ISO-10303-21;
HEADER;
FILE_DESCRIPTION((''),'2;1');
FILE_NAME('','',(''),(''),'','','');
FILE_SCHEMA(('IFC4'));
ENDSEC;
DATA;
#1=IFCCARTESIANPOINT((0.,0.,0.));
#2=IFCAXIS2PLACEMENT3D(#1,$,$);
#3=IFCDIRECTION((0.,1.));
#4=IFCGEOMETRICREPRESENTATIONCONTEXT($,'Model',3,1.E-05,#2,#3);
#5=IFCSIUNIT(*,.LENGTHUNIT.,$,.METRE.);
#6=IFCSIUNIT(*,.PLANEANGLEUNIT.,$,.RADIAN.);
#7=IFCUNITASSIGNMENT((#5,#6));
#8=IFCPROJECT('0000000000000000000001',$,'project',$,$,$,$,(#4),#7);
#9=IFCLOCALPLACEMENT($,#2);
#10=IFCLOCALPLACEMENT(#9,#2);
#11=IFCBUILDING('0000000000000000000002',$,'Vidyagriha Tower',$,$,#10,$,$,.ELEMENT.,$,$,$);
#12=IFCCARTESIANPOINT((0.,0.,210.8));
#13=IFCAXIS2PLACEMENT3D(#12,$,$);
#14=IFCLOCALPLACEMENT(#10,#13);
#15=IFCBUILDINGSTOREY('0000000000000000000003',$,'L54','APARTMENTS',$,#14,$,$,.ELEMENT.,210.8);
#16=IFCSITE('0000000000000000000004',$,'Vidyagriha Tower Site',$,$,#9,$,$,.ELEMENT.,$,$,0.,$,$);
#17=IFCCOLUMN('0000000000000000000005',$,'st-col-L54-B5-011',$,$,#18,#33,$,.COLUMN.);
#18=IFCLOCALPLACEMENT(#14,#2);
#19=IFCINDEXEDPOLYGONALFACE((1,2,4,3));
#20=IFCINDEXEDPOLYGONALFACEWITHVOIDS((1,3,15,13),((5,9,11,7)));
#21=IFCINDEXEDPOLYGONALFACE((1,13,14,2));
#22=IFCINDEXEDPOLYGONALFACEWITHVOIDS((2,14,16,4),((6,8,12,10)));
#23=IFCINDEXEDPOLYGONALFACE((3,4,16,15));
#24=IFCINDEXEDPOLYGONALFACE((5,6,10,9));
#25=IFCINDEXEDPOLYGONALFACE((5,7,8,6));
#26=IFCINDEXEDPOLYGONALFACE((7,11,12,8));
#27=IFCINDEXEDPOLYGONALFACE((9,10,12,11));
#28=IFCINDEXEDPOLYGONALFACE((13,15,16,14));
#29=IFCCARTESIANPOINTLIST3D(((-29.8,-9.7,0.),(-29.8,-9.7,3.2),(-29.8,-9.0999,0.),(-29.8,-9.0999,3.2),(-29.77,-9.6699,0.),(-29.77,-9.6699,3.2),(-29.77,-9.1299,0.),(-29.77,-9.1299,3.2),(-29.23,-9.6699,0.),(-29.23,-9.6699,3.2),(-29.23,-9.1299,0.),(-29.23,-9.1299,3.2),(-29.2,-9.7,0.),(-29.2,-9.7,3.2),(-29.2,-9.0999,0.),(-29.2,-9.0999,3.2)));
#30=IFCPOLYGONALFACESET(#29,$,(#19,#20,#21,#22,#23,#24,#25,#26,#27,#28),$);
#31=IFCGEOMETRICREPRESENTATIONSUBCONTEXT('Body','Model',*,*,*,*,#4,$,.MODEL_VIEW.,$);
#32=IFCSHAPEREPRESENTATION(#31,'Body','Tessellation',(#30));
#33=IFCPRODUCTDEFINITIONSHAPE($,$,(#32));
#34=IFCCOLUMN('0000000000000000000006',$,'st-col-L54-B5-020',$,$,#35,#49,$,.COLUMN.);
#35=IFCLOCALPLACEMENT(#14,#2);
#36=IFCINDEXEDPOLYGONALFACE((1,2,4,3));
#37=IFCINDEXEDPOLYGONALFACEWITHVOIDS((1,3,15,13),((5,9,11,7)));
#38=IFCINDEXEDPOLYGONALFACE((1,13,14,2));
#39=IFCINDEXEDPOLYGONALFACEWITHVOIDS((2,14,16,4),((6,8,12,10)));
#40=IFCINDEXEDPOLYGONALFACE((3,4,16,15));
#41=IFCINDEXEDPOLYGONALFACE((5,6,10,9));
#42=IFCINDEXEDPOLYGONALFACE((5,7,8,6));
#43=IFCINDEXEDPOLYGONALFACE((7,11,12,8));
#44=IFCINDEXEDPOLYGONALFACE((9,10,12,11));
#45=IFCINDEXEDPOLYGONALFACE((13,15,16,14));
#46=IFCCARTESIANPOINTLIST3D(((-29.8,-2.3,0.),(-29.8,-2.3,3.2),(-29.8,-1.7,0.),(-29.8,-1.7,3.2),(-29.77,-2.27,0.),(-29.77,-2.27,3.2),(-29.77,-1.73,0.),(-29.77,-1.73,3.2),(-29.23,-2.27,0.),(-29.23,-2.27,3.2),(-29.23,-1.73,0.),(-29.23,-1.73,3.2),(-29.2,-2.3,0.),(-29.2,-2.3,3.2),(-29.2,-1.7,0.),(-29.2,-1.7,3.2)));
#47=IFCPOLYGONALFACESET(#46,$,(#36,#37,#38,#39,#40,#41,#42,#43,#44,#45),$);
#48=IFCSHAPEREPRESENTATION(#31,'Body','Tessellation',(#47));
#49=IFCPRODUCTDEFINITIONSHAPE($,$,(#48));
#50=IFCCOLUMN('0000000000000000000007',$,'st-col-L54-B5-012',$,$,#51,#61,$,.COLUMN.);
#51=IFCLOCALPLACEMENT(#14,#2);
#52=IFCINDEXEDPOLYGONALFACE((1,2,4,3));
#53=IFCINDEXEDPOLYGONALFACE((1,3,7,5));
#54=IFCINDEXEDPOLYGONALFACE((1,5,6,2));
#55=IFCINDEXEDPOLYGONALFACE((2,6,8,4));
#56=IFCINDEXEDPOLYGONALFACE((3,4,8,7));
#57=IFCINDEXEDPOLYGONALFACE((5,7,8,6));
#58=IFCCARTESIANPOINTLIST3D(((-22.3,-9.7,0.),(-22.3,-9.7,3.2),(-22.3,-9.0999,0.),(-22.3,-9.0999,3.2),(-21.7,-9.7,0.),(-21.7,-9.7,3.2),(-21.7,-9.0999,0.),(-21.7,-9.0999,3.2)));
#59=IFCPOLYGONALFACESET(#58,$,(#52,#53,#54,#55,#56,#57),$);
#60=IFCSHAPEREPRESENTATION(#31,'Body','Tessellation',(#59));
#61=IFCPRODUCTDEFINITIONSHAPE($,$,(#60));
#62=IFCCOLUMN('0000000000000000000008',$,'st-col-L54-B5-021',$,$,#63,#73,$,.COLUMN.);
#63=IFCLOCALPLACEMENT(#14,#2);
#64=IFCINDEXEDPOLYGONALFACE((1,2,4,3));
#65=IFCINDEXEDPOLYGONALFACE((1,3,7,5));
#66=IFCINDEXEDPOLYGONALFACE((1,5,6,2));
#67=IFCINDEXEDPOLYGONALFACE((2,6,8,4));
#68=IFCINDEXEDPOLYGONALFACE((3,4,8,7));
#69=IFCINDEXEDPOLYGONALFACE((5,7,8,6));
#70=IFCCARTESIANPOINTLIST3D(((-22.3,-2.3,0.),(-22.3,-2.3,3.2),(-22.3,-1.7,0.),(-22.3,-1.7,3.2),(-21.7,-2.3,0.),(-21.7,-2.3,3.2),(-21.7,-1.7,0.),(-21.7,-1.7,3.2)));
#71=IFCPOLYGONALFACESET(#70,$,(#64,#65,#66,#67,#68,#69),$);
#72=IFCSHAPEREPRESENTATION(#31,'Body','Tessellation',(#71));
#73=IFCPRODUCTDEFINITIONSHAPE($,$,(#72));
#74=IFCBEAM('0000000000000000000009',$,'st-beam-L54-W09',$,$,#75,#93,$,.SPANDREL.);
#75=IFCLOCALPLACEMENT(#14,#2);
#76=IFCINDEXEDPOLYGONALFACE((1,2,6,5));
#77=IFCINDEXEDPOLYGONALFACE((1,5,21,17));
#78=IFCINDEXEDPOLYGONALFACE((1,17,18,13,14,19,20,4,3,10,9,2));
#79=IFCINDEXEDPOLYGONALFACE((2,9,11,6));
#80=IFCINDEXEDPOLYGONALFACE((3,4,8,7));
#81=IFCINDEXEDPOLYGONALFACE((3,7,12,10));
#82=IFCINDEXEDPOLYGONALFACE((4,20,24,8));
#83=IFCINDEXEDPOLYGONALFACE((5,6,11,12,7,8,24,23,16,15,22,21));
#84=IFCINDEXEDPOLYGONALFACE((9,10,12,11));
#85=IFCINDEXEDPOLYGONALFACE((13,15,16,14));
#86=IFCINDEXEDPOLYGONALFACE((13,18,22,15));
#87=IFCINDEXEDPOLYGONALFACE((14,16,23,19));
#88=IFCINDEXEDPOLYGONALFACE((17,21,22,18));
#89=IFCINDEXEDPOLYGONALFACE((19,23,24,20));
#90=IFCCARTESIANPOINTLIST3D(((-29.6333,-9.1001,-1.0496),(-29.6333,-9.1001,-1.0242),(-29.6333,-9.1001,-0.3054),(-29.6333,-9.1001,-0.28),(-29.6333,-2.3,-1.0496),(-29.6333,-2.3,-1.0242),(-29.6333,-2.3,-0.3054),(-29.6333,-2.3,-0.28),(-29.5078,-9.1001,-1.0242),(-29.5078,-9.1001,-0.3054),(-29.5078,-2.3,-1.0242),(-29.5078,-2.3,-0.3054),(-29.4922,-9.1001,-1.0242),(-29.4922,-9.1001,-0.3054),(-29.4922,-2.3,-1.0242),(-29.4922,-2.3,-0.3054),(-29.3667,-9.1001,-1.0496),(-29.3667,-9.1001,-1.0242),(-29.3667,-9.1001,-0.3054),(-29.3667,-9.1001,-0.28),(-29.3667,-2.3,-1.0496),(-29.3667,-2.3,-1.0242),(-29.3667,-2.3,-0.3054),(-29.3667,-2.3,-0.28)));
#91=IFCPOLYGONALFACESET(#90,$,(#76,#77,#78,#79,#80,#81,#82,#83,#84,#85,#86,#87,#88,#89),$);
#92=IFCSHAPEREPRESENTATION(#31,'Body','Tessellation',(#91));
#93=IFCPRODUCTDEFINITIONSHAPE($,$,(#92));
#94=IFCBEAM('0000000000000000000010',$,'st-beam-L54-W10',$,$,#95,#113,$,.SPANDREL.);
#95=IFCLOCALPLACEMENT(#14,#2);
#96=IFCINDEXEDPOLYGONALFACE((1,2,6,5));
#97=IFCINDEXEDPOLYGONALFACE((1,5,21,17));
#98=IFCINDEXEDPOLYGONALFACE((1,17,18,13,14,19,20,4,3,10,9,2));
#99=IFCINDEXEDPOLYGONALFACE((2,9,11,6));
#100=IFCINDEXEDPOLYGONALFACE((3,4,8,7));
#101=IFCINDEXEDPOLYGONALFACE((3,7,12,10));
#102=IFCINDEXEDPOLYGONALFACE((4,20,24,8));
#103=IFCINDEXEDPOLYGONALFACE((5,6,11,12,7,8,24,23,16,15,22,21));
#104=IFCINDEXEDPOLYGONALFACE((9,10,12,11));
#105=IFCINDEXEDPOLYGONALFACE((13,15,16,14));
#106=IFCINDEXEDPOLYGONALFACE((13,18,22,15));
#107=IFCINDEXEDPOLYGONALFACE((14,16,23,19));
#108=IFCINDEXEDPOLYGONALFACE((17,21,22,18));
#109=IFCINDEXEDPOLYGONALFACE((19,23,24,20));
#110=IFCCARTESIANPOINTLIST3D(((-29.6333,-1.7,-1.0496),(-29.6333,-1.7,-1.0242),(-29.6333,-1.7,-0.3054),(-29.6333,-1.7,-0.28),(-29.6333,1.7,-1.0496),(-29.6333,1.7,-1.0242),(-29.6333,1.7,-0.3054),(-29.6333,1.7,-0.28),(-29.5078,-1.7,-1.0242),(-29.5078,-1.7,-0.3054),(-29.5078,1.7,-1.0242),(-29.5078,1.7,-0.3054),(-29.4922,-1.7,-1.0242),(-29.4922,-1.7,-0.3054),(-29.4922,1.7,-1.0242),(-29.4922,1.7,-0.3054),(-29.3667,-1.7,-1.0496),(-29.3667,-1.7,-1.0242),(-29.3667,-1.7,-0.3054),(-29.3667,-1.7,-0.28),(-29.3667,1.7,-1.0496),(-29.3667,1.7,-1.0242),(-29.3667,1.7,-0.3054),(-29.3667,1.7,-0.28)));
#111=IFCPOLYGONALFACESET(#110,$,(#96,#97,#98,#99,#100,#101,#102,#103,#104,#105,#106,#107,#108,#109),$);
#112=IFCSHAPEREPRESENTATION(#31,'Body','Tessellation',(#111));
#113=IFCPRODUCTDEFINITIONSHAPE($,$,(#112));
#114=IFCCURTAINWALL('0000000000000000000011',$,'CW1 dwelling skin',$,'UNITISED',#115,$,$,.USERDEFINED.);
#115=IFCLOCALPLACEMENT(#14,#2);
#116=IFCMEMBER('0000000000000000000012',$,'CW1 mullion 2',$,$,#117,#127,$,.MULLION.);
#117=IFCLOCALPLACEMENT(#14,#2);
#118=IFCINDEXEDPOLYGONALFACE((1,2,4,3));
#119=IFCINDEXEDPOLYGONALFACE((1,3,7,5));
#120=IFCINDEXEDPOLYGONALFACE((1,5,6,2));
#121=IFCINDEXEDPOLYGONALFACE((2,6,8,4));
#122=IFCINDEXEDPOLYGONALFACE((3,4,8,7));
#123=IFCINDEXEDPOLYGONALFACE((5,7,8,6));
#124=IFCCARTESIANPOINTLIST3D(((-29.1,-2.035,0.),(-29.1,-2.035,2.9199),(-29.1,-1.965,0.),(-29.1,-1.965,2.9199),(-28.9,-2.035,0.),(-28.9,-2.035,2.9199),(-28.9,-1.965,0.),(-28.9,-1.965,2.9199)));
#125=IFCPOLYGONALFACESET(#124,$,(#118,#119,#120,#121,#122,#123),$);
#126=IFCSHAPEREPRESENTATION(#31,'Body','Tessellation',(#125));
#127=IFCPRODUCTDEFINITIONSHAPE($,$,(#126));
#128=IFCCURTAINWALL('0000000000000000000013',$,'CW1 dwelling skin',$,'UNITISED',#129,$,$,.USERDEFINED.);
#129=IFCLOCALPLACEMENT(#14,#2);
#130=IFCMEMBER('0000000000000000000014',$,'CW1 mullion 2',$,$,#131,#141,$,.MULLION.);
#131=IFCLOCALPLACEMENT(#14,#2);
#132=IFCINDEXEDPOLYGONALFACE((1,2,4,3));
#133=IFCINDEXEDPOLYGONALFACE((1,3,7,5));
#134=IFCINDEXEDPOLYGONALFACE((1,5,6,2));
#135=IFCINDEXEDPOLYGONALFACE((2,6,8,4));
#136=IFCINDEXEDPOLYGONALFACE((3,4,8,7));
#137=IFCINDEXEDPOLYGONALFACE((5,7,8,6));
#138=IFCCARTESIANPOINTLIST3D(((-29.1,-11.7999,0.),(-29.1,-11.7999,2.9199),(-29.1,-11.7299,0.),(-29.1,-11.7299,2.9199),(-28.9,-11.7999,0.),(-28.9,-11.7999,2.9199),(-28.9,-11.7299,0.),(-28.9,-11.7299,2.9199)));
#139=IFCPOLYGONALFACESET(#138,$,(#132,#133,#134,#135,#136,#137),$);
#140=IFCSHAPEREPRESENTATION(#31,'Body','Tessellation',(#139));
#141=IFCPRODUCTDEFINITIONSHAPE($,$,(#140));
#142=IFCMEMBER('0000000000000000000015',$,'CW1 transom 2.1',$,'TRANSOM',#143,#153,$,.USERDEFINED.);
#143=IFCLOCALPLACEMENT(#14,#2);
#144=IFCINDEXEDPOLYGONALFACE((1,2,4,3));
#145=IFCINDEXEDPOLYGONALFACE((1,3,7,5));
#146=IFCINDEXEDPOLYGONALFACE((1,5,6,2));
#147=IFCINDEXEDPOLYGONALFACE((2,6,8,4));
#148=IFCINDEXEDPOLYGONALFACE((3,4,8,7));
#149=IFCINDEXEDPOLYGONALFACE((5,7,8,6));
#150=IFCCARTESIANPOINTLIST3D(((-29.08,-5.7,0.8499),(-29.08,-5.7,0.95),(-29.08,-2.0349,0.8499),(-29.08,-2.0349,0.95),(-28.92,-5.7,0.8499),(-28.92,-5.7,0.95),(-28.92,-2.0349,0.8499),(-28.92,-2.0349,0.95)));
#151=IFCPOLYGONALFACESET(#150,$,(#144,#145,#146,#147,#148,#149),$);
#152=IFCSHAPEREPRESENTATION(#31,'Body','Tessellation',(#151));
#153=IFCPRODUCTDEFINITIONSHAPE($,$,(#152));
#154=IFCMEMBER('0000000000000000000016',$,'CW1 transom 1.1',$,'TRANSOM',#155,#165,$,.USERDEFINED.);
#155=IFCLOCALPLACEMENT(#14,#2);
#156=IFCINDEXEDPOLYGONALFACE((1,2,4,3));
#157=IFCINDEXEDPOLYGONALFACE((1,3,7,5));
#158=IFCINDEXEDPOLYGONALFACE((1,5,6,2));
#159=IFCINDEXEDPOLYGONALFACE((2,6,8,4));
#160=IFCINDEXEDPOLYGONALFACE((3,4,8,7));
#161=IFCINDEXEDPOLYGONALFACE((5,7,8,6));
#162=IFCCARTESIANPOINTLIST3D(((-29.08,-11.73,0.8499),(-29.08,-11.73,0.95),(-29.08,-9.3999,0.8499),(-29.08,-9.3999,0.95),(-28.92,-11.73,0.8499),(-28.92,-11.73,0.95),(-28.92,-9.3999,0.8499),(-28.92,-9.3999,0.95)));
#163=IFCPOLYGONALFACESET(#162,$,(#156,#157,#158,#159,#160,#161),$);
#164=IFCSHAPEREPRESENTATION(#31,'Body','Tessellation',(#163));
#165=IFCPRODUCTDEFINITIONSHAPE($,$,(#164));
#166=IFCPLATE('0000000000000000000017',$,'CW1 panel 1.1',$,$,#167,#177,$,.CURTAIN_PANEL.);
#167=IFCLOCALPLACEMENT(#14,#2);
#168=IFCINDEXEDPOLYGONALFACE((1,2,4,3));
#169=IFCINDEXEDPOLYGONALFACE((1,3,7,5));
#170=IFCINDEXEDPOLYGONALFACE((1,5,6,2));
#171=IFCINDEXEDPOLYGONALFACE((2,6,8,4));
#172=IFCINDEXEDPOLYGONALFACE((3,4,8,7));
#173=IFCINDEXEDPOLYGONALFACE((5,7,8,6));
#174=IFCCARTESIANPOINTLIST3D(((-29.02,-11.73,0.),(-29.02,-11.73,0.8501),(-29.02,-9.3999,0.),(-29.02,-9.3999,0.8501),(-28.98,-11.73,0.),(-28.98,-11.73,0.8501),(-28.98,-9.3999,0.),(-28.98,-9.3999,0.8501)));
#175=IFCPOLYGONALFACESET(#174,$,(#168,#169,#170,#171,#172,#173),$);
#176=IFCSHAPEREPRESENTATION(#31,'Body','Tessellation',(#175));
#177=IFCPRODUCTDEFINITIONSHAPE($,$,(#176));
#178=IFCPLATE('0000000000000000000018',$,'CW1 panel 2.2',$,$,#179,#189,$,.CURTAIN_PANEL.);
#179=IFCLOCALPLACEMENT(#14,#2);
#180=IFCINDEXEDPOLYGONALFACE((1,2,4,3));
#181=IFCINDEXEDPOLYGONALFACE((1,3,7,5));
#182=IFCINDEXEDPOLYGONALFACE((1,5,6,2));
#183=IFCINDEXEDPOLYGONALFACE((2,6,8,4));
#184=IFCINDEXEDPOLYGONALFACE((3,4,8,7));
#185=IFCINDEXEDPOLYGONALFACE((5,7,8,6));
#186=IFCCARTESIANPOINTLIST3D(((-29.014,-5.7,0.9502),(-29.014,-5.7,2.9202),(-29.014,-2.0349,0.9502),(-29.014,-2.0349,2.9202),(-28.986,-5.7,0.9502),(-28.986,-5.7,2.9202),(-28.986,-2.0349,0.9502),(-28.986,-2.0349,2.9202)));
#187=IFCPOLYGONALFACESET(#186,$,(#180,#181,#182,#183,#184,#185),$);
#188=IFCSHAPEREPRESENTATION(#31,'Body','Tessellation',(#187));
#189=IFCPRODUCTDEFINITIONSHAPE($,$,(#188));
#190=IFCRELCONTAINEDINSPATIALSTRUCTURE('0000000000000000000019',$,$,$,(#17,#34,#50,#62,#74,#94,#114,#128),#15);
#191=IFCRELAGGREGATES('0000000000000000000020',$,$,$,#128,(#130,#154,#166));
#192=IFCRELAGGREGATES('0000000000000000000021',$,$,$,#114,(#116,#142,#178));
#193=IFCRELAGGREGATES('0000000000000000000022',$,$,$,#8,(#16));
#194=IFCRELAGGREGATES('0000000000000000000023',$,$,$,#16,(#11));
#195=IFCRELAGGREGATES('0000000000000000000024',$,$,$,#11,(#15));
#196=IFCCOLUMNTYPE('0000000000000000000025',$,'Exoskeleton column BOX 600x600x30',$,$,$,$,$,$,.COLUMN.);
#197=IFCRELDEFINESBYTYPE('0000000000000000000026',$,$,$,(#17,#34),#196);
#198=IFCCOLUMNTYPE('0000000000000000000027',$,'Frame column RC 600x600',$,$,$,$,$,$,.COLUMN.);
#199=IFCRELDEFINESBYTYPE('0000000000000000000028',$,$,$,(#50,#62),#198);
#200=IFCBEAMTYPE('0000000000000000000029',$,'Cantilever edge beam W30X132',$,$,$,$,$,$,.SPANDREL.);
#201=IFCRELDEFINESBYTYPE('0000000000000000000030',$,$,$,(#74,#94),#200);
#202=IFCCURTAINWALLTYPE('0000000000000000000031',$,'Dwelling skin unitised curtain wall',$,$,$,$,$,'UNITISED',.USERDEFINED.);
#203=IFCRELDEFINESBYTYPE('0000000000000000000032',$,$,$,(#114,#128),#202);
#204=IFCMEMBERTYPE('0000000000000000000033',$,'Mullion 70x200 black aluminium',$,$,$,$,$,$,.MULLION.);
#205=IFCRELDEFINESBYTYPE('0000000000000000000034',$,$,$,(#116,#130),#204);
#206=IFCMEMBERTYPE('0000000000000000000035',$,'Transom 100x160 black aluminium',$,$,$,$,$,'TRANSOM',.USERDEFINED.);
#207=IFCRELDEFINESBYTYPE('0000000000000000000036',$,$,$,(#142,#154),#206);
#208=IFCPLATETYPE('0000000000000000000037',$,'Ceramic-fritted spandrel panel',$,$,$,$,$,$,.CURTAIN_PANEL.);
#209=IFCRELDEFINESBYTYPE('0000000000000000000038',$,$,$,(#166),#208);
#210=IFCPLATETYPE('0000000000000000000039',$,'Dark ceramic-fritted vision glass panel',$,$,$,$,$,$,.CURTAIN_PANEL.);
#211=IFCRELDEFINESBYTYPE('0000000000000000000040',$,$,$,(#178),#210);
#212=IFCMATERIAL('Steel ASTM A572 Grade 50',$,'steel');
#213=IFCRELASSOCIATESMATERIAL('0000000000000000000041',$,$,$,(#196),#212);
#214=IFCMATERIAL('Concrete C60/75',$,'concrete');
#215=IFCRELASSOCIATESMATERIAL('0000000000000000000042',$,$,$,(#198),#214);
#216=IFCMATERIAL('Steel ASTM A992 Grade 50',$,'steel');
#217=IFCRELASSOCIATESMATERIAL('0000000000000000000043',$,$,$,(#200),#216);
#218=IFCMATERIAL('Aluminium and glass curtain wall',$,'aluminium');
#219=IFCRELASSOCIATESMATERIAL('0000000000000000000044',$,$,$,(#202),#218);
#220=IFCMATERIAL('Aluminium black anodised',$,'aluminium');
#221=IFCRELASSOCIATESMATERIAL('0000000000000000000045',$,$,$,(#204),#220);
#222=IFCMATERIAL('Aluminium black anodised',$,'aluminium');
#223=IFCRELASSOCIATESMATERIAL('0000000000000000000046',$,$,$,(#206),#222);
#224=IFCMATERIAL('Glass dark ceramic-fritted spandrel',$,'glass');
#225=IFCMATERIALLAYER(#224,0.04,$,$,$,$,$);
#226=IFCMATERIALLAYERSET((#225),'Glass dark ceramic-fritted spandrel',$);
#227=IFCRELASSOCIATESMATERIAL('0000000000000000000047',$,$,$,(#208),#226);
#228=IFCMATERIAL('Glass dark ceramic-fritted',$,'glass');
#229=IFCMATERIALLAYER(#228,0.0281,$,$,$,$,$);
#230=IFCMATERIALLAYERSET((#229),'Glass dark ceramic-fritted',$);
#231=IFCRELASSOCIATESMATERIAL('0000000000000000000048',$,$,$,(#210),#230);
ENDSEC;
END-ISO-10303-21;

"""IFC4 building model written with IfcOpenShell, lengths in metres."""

from ifc_helpers import new_model, si_unit, direction, frame, origin, origin_2d, place, context, subcontext, project, spatial, rectangle, hollow_rectangle, i_section, extrude, material, layer, layer_set, material_profile, profile_set, type_object, element, aggregate, save


model = new_model("IFC4")

# Units and contexts
model_context = context("Model", 3, precision=1e-05, world=origin(), true_north=direction((0.0, 1.0)))
body_context = subcontext(model_context, "Body", "Model", "MODEL_VIEW")
ifc_project = project(units=[si_unit("LENGTHUNIT", "METRE"), si_unit("PLANEANGLEUNIT", "RADIAN")], contexts=[model_context])

# Site, building, storey
site_placement = place(None, origin())
site = spatial("IfcSite", under=ifc_project, at=site_placement, Name="Vidyagriha Tower Site", CompositionType="ELEMENT", RefElevation=0.0)
building_placement = place(site_placement, origin())
building = spatial("IfcBuilding", under=site, at=building_placement, Name="Vidyagriha Tower", CompositionType="ELEMENT")
storey_placement = place(building_placement, frame((0.0, 0.0, 210.8)))
storey = spatial("IfcBuildingStorey", under=building, at=storey_placement, Name="L54", Description="APARTMENTS", CompositionType="ELEMENT", Elevation=210.8)

# Columns
ifc_material_1 = material(Name="Steel ASTM A572 Grade 50", Category="steel")
ifc_material_profile_1 = material_profile(ifc_material_1, hollow_rectangle(XDim=0.6001, YDim=0.6001, WallThickness=0.03, at=origin_2d()), Name="BOX 600x600x30")
ifc_profile_set_1 = profile_set([ifc_material_profile_1], Name="Steel ASTM A572 Grade 50")
column_type_1 = type_object("IfcColumnType", Name="Exoskeleton column BOX 600x600x30", PredefinedType="COLUMN", material=ifc_profile_set_1)
for number, where, name in (
    (1, (-29.5, -9.3999, 0.0), "st-col-L54-B5-011"),
    (2, (-29.5, -2.0, 0.0), "st-col-L54-B5-020"),
):
    element("IfcColumn", number, at=place(storey_placement, frame(where)), inside=storey, type_object=column_type_1, Name=name, PredefinedType="COLUMN", context=body_context, shape_type="SweptSolid", body=[
        extrude(hollow_rectangle(XDim=0.6001, YDim=0.6001, WallThickness=0.03, at=origin_2d()), origin(), (0.0, 0.0, 1.0), 3.2),
    ])
ifc_material_2 = material(Name="Concrete C60/75", Category="concrete")
ifc_material_profile_2 = material_profile(ifc_material_2, rectangle(XDim=0.6001, YDim=0.6001, at=origin_2d()), Name="RC 600x600")
ifc_profile_set_2 = profile_set([ifc_material_profile_2], Name="Concrete C60/75")
column_type_2 = type_object("IfcColumnType", Name="Frame column RC 600x600", PredefinedType="COLUMN", material=ifc_profile_set_2)
for number, where, name in (
    (3, (-22.0, -9.3999, 0.0), "st-col-L54-B5-012"),
    (4, (-22.0, -2.0, 0.0), "st-col-L54-B5-021"),
):
    element("IfcColumn", number, at=place(storey_placement, frame(where)), inside=storey, type_object=column_type_2, Name=name, PredefinedType="COLUMN", context=body_context, shape_type="SweptSolid", body=[
        extrude(rectangle(XDim=0.6001, YDim=0.6001, at=origin_2d()), origin(), (0.0, 0.0, 1.0), 3.2),
    ])

# Beams
ifc_material_3 = material(Name="Steel ASTM A992 Grade 50", Category="steel")
ifc_material_profile_3 = material_profile(ifc_material_3, i_section(OverallWidth=0.2666, OverallDepth=0.7695, WebThickness=0.0156, FlangeThickness=0.0254, at=origin_2d()), Name="W30X132")
ifc_profile_set_3 = profile_set([ifc_material_profile_3], Name="Steel ASTM A992 Grade 50")
beam_type = type_object("IfcBeamType", Name="Cantilever edge beam W30X132", PredefinedType="SPANDREL", material=ifc_profile_set_3)
beam_1_placement = place(storey_placement, frame((-29.5, -9.1001, -0.6648), z_axis=(0.0, 1.0, 0.0), x_axis=(-1.0, 0.0, 0.0)))
element("IfcBeam", 5, at=beam_1_placement, inside=storey, type_object=beam_type, Name="st-beam-L54-W09", PredefinedType="SPANDREL", context=body_context, shape_type="SweptSolid", body=[
    extrude(i_section(OverallWidth=0.2666, OverallDepth=0.7695, WebThickness=0.0156, FlangeThickness=0.0254, at=origin_2d()), origin(), (0.0, 0.0, 1.0), 6.8),
])
beam_2_placement = place(storey_placement, frame((-29.5, -1.7, -0.6648), z_axis=(0.0, 1.0, 0.0), x_axis=(-1.0, 0.0, 0.0)))
element("IfcBeam", 6, at=beam_2_placement, inside=storey, type_object=beam_type, Name="st-beam-L54-W10", PredefinedType="SPANDREL", context=body_context, shape_type="SweptSolid", body=[
    extrude(i_section(OverallWidth=0.2666, OverallDepth=0.7695, WebThickness=0.0156, FlangeThickness=0.0254, at=origin_2d()), origin(), (0.0, 0.0, 1.0), 3.3999),
])

# Curtain walls, members
ifc_material_4 = material(Name="Aluminium and glass curtain wall", Category="aluminium")
curtain_wall_type = type_object("IfcCurtainWallType", Name="Dwelling skin unitised curtain wall", ElementType="UNITISED", PredefinedType="USERDEFINED", material=ifc_material_4)
curtain_wall_1_placement = place(storey_placement, origin())
curtain_wall_1 = element("IfcCurtainWall", 7, at=curtain_wall_1_placement, inside=storey, type_object=curtain_wall_type, Name="CW1 dwelling skin", ObjectType="UNITISED", PredefinedType="USERDEFINED")
ifc_material_5 = material(Name="Aluminium black anodised", Category="aluminium")
ifc_material_profile_4 = material_profile(ifc_material_5, rectangle(XDim=0.2, YDim=0.0701, at=origin_2d()), Name="Mullion 70x200 black aluminium")
ifc_profile_set_4 = profile_set([ifc_material_profile_4], Name="Aluminium black anodised")
member_type_1 = type_object("IfcMemberType", Name="Mullion 70x200 black aluminium", PredefinedType="MULLION", material=ifc_profile_set_4)
member_1_placement = place(storey_placement, frame((-29.0, -2.0, 0.0)))
member_1 = element("IfcMember", 8, at=member_1_placement, type_object=member_type_1, Name="CW1 mullion 2", PredefinedType="MULLION", context=body_context, shape_type="SweptSolid", body=[
    extrude(rectangle(XDim=0.2, YDim=0.0701, at=origin_2d()), origin(), (0.0, 0.0, 1.0), 2.9199),
])
curtain_wall_2_placement = place(storey_placement, origin())
curtain_wall_2 = element("IfcCurtainWall", 9, at=curtain_wall_2_placement, inside=storey, type_object=curtain_wall_type, Name="CW1 dwelling skin", ObjectType="UNITISED", PredefinedType="USERDEFINED")
member_2_placement = place(storey_placement, frame((-29.0, -11.7649, 0.0)))
member_2 = element("IfcMember", 10, at=member_2_placement, type_object=member_type_1, Name="CW1 mullion 2", PredefinedType="MULLION", context=body_context, shape_type="SweptSolid", body=[
    extrude(rectangle(XDim=0.2, YDim=0.0701, at=origin_2d()), origin(), (0.0, 0.0, 1.0), 2.9199),
])

# Members
ifc_material_6 = material(Name="Aluminium black anodised", Category="aluminium")
ifc_material_profile_5 = material_profile(ifc_material_6, rectangle(XDim=0.1599, YDim=0.1001, at=origin_2d()), Name="Transom 100x160 black aluminium")
ifc_profile_set_5 = profile_set([ifc_material_profile_5], Name="Aluminium black anodised")
member_type_2 = type_object("IfcMemberType", Name="Transom 100x160 black aluminium", ElementType="TRANSOM", PredefinedType="USERDEFINED", material=ifc_profile_set_5)
member_3_placement = place(storey_placement, frame((-29.0, -2.0349, 0.8999), z_axis=(0.0, -1.0, 0.0), x_axis=(1.0, 0.0, 0.0)))
member_3 = element("IfcMember", 11, at=member_3_placement, type_object=member_type_2, Name="CW1 transom 2.1", ObjectType="TRANSOM", PredefinedType="USERDEFINED", context=body_context, shape_type="SweptSolid", body=[
    extrude(rectangle(XDim=0.1599, YDim=0.1001, at=origin_2d()), origin(), (0.0, 0.0, 1.0), 3.665),
])
member_4_placement = place(storey_placement, frame((-29.0, -9.3999, 0.8999), z_axis=(0.0, -1.0, 0.0), x_axis=(1.0, 0.0, 0.0)))
member_4 = element("IfcMember", 12, at=member_4_placement, type_object=member_type_2, Name="CW1 transom 1.1", ObjectType="TRANSOM", PredefinedType="USERDEFINED", context=body_context, shape_type="SweptSolid", body=[
    extrude(rectangle(XDim=0.1599, YDim=0.1001, at=origin_2d()), origin(), (0.0, 0.0, 1.0), 2.3301),
])

# Plates
ifc_material_7 = material(Name="Glass dark ceramic-fritted spandrel", Category="glass")
ifc_layer_1 = layer(ifc_material_7, 0.04)
ifc_layer_set_1 = layer_set([ifc_layer_1], Name="Glass dark ceramic-fritted spandrel")
plate_type_1 = type_object("IfcPlateType", Name="Ceramic-fritted spandrel panel", PredefinedType="CURTAIN_PANEL", material=ifc_layer_set_1)
plate_1_placement = place(storey_placement, frame((-29.0, -10.5649, 0.0), z_axis=(0.0, 0.0, 1.0), x_axis=(0.0, -1.0, 0.0)))
plate_1 = element("IfcPlate", 13, at=plate_1_placement, type_object=plate_type_1, Name="CW1 panel 1.1", PredefinedType="CURTAIN_PANEL", context=body_context, shape_type="SweptSolid", body=[
    extrude(rectangle(XDim=2.3301, YDim=0.04, at=origin_2d()), origin(), (0.0, 0.0, 1.0), 0.8501),
])
ifc_material_8 = material(Name="Glass dark ceramic-fritted", Category="glass")
ifc_layer_2 = layer(ifc_material_8, 0.0281)
ifc_layer_set_2 = layer_set([ifc_layer_2], Name="Glass dark ceramic-fritted")
plate_type_2 = type_object("IfcPlateType", Name="Dark ceramic-fritted vision glass panel", PredefinedType="CURTAIN_PANEL", material=ifc_layer_set_2)
plate_2_placement = place(storey_placement, frame((-29.0, -3.8674, 0.9502), z_axis=(0.0, 0.0, 1.0), x_axis=(0.0, -1.0, 0.0)))
plate_2 = element("IfcPlate", 14, at=plate_2_placement, type_object=plate_type_2, Name="CW1 panel 2.2", PredefinedType="CURTAIN_PANEL", context=body_context, shape_type="SweptSolid", body=[
    extrude(rectangle(XDim=3.665, YDim=0.0281, at=origin_2d()), origin(), (0.0, 0.0, 1.0), 1.97),
])
aggregate(curtain_wall_2, [member_2, member_4, plate_1])
aggregate(curtain_wall_1, [member_1, member_3, plate_2])

save(model, "model.ifc")
